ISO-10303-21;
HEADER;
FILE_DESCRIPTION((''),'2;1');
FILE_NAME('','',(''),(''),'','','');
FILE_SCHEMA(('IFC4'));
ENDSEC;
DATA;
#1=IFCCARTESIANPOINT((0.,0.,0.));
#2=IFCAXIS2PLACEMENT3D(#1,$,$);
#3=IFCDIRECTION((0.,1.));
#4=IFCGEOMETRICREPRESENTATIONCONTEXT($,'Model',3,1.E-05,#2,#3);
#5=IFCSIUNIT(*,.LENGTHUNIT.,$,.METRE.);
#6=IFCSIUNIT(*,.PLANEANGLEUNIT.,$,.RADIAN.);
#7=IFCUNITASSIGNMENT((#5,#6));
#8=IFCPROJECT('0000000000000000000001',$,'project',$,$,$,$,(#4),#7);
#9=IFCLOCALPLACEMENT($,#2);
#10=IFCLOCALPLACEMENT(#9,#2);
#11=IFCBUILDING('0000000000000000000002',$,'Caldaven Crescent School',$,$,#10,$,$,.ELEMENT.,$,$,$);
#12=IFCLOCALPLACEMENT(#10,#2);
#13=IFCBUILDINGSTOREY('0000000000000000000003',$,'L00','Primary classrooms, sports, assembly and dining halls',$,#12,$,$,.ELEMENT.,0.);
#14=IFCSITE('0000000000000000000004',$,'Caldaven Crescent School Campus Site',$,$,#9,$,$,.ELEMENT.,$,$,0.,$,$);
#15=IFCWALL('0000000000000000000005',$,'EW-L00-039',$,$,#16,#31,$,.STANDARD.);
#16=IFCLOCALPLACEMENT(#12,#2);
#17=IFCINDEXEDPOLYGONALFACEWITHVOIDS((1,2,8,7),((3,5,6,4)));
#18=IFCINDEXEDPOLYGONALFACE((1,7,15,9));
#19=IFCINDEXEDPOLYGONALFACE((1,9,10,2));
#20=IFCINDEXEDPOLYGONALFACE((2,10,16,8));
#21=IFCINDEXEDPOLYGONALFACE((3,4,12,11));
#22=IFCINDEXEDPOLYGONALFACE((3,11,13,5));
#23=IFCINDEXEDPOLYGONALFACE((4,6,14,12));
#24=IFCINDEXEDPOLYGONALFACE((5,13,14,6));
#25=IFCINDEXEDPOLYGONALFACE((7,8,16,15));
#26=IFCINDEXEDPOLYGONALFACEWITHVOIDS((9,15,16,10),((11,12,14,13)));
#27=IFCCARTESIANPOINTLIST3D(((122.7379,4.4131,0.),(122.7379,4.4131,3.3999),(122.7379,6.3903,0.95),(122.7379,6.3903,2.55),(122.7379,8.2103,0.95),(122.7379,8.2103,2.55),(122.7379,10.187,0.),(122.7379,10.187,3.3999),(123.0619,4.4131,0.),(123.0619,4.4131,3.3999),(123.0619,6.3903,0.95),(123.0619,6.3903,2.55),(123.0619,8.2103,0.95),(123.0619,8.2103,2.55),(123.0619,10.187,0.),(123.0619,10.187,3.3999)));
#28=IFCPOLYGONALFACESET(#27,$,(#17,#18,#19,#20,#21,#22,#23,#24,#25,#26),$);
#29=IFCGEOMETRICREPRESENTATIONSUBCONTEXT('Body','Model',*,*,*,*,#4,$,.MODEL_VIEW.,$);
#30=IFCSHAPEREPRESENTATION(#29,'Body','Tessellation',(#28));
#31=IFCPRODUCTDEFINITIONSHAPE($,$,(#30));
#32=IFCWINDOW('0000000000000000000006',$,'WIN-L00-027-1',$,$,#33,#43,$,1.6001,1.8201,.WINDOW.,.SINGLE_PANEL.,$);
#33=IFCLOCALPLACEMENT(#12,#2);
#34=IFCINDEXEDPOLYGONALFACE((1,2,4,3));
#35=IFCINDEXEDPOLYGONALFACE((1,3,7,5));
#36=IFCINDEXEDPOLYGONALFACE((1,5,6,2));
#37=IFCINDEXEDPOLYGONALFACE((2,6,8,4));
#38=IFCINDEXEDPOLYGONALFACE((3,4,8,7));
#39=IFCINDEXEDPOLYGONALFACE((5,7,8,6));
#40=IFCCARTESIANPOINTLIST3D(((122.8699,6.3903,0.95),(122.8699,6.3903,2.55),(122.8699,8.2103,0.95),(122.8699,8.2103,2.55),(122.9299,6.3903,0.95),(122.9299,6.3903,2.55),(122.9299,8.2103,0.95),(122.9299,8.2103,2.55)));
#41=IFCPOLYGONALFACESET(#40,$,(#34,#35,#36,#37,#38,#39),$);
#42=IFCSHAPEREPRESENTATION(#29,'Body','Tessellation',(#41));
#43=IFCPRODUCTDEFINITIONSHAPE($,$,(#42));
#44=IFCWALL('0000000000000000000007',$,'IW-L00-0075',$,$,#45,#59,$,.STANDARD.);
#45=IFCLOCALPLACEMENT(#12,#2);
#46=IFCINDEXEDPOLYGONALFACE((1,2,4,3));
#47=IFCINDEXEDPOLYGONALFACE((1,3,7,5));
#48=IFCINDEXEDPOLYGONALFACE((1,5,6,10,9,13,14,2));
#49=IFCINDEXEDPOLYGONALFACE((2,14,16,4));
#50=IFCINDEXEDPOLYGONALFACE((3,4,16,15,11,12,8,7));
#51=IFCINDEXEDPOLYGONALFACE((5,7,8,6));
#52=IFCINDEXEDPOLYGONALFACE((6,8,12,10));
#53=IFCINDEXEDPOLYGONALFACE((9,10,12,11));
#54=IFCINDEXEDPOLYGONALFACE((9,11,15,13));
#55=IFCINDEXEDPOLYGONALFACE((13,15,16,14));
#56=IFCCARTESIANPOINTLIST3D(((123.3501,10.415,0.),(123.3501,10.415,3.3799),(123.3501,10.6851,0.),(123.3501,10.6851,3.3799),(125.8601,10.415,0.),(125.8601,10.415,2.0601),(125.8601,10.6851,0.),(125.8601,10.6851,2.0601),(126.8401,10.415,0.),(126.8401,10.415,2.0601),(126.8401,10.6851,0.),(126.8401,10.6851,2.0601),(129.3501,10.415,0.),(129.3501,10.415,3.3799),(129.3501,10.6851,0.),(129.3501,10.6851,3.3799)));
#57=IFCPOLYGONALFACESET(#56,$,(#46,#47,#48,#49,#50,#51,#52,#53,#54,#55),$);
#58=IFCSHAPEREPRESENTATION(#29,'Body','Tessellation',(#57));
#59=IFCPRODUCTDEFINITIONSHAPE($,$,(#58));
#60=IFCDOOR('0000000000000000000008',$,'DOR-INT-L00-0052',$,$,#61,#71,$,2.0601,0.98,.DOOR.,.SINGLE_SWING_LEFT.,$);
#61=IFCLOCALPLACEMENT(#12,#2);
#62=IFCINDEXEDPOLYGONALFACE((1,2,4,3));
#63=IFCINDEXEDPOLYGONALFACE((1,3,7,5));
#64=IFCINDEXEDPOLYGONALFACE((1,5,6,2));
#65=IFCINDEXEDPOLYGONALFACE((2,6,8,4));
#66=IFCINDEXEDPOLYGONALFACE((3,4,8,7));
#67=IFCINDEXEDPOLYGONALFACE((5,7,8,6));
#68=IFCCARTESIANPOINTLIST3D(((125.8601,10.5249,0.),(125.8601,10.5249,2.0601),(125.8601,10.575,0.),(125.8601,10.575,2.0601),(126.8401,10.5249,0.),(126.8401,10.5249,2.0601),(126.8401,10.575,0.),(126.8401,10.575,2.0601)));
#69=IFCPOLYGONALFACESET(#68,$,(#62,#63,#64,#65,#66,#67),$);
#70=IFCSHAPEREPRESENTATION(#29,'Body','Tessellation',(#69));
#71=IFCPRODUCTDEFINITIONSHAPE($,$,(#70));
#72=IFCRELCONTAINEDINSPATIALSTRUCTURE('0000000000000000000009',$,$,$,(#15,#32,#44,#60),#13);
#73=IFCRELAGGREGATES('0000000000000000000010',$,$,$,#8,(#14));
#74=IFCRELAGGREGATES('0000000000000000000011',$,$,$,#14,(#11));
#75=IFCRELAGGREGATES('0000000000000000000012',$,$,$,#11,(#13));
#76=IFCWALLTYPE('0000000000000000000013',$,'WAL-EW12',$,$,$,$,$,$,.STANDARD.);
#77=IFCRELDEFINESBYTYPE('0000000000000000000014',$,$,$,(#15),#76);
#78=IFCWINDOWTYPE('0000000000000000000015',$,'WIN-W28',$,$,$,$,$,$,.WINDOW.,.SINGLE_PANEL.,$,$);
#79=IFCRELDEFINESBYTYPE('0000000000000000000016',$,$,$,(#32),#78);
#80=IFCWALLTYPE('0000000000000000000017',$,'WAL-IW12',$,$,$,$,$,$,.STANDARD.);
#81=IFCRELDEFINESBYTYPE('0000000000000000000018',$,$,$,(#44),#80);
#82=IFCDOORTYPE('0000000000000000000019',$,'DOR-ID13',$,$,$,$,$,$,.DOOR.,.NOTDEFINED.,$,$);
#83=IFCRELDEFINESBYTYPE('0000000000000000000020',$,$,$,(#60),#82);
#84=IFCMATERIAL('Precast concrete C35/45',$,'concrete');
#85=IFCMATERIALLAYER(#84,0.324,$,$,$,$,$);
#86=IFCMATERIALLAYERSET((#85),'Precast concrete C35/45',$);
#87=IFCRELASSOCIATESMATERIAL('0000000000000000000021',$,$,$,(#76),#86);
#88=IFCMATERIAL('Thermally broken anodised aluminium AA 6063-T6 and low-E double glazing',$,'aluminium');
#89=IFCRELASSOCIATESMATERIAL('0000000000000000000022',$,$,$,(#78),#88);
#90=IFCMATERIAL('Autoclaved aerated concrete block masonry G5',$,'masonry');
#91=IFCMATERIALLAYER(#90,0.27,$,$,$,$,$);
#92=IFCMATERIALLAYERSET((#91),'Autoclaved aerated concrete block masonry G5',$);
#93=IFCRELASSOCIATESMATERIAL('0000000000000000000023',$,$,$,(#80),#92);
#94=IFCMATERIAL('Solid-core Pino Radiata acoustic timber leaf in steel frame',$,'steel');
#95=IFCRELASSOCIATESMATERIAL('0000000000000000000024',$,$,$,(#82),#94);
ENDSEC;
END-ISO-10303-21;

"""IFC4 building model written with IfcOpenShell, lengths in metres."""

from ifc_helpers import new_model, si_unit, direction, frame, frame_2d, origin, place, context, subcontext, project, spatial, rectangle, extrude, material, layer, layer_set, type_object, element, fill, save


model = new_model("IFC4")

# Units and contexts
model_context = context("Model", 3, precision=1e-05, world=origin(), true_north=direction((0.0, 1.0)))
body_context = subcontext(model_context, "Body", "Model", "MODEL_VIEW")
ifc_project = project(units=[si_unit("LENGTHUNIT", "METRE"), si_unit("PLANEANGLEUNIT", "RADIAN")], contexts=[model_context])

# Site, building, storey
site_placement = place(None, origin())
site = spatial("IfcSite", under=ifc_project, at=site_placement, Name="Caldaven Crescent School Campus Site", CompositionType="ELEMENT", RefElevation=0.0)
building_placement = place(site_placement, origin())
building = spatial("IfcBuilding", under=site, at=building_placement, Name="Caldaven Crescent School", CompositionType="ELEMENT")
storey_placement = place(building_placement, origin())
storey = spatial("IfcBuildingStorey", under=building, at=storey_placement, Name="L00", Description="Primary classrooms, sports, assembly and dining halls", CompositionType="ELEMENT", Elevation=0.0)

# Wall, opening, window
ifc_material_1 = material(Name="Precast concrete C35/45", Category="concrete")
ifc_layer_1 = layer(ifc_material_1, 0.324)
ifc_layer_set_1 = layer_set([ifc_layer_1], Name="Precast concrete C35/45")
wall_type_1 = type_object("IfcWallType", Name="WAL-EW12", PredefinedType="STANDARD", material=ifc_layer_set_1)
wall_1_placement = place(storey_placement, frame((122.8999, 4.4131, 0.0), z_axis=(0.0, 0.0, 1.0), x_axis=(0.0, 1.0, 0.0)))
wall_1 = element("IfcWall", 1, at=wall_1_placement, inside=storey, type_object=wall_type_1, Name="EW-L00-039", PredefinedType="STANDARD", context=body_context, shape_type="SweptSolid", body=[
    extrude(rectangle(XDim=5.7739, YDim=0.324, at=frame_2d((2.887, 0.0))), origin(), (0.0, 0.0, 1.0), 3.3999),
])
opening_1_placement = place(wall_1_placement, frame((1.9771, 0.0, 0.95)))
opening_1 = element("IfcOpeningElement", 2, at=opening_1_placement, cuts=wall_1, PredefinedType="OPENING", context=body_context, shape_type="SweptSolid", body=[
    extrude(rectangle(XDim=1.8201, YDim=1.6001, at=frame_2d((0.9102, 0.8))), frame((0.0, 0.1719, 0.0), z_axis=(0.0, -1.0, 0.0), x_axis=(1.0, 0.0, 0.0)), (0.0, 0.0, 1.0), 0.344),
])
ifc_material_2 = material(Name="Thermally broken anodised aluminium AA 6063-T6 and low-E double glazing", Category="aluminium")
window_type = type_object("IfcWindowType", Name="WIN-W28", PartitioningType="SINGLE_PANEL", PredefinedType="WINDOW", material=ifc_material_2)
window_placement = place(opening_1_placement, origin())
window = element("IfcWindow", 3, at=window_placement, inside=storey, type_object=window_type, Name="WIN-L00-027-1", OverallHeight=1.6001, OverallWidth=1.8201, PartitioningType="SINGLE_PANEL", PredefinedType="WINDOW", context=body_context, shape_type="SweptSolid", body=[
    extrude(rectangle(XDim=1.8201, YDim=1.6001, at=frame_2d((0.9102, 0.8))), frame((0.0, 0.03, 0.0), z_axis=(0.0, -1.0, 0.0), x_axis=(1.0, 0.0, 0.0)), (0.0, 0.0, 1.0), 0.0601),
])
fill(opening_1, window)

# Wall, opening, door
ifc_material_3 = material(Name="Autoclaved aerated concrete block masonry G5", Category="masonry")
ifc_layer_2 = layer(ifc_material_3, 0.27)
ifc_layer_set_2 = layer_set([ifc_layer_2], Name="Autoclaved aerated concrete block masonry G5")
wall_type_2 = type_object("IfcWallType", Name="WAL-IW12", PredefinedType="STANDARD", material=ifc_layer_set_2)
wall_2_placement = place(storey_placement, frame((123.3501, 10.55, 0.0), z_axis=(0.0, 0.0, 1.0), x_axis=(1.0, 0.0, 0.0)))
wall_2 = element("IfcWall", 4, at=wall_2_placement, inside=storey, type_object=wall_type_2, Name="IW-L00-0075", PredefinedType="STANDARD", context=body_context, shape_type="SweptSolid", body=[
    extrude(rectangle(XDim=6.0, YDim=0.27, at=frame_2d((3.0, 0.0))), origin(), (0.0, 0.0, 1.0), 3.3799),
])
opening_2_placement = place(wall_2_placement, frame((2.51, 0.0, 0.0)))
opening_2 = element("IfcOpeningElement", 5, at=opening_2_placement, cuts=wall_2, PredefinedType="OPENING", context=body_context, shape_type="SweptSolid", body=[
    extrude(rectangle(XDim=0.98, YDim=2.0601, at=frame_2d((0.49, 1.03))), frame((0.0, 0.145, 0.0), z_axis=(0.0, -1.0, 0.0), x_axis=(1.0, 0.0, 0.0)), (0.0, 0.0, 1.0), 0.29),
])
ifc_material_4 = material(Name="Solid-core Pino Radiata acoustic timber leaf in steel frame", Category="steel")
door_type_1 = type_object("IfcDoorType", Name="DOR-ID13", OperationType="NOTDEFINED", PredefinedType="DOOR", material=ifc_material_4)
door_1_placement = place(opening_2_placement, origin())
door_1 = element("IfcDoor", 6, at=door_1_placement, inside=storey, type_object=door_type_1, Name="DOR-INT-L00-0052", OperationType="SINGLE_SWING_LEFT", OverallHeight=2.0601, OverallWidth=0.98, PredefinedType="DOOR", context=body_context, shape_type="SweptSolid", body=[
    extrude(rectangle(XDim=0.98, YDim=2.0601, at=frame_2d((0.49, 1.03))), frame((0.0, 0.0249, 0.0), z_axis=(0.0, -1.0, 0.0), x_axis=(1.0, 0.0, 0.0)), (0.0, 0.0, 1.0), 0.05),
])
fill(opening_2, door_1)

save(model, "model.ifc")
